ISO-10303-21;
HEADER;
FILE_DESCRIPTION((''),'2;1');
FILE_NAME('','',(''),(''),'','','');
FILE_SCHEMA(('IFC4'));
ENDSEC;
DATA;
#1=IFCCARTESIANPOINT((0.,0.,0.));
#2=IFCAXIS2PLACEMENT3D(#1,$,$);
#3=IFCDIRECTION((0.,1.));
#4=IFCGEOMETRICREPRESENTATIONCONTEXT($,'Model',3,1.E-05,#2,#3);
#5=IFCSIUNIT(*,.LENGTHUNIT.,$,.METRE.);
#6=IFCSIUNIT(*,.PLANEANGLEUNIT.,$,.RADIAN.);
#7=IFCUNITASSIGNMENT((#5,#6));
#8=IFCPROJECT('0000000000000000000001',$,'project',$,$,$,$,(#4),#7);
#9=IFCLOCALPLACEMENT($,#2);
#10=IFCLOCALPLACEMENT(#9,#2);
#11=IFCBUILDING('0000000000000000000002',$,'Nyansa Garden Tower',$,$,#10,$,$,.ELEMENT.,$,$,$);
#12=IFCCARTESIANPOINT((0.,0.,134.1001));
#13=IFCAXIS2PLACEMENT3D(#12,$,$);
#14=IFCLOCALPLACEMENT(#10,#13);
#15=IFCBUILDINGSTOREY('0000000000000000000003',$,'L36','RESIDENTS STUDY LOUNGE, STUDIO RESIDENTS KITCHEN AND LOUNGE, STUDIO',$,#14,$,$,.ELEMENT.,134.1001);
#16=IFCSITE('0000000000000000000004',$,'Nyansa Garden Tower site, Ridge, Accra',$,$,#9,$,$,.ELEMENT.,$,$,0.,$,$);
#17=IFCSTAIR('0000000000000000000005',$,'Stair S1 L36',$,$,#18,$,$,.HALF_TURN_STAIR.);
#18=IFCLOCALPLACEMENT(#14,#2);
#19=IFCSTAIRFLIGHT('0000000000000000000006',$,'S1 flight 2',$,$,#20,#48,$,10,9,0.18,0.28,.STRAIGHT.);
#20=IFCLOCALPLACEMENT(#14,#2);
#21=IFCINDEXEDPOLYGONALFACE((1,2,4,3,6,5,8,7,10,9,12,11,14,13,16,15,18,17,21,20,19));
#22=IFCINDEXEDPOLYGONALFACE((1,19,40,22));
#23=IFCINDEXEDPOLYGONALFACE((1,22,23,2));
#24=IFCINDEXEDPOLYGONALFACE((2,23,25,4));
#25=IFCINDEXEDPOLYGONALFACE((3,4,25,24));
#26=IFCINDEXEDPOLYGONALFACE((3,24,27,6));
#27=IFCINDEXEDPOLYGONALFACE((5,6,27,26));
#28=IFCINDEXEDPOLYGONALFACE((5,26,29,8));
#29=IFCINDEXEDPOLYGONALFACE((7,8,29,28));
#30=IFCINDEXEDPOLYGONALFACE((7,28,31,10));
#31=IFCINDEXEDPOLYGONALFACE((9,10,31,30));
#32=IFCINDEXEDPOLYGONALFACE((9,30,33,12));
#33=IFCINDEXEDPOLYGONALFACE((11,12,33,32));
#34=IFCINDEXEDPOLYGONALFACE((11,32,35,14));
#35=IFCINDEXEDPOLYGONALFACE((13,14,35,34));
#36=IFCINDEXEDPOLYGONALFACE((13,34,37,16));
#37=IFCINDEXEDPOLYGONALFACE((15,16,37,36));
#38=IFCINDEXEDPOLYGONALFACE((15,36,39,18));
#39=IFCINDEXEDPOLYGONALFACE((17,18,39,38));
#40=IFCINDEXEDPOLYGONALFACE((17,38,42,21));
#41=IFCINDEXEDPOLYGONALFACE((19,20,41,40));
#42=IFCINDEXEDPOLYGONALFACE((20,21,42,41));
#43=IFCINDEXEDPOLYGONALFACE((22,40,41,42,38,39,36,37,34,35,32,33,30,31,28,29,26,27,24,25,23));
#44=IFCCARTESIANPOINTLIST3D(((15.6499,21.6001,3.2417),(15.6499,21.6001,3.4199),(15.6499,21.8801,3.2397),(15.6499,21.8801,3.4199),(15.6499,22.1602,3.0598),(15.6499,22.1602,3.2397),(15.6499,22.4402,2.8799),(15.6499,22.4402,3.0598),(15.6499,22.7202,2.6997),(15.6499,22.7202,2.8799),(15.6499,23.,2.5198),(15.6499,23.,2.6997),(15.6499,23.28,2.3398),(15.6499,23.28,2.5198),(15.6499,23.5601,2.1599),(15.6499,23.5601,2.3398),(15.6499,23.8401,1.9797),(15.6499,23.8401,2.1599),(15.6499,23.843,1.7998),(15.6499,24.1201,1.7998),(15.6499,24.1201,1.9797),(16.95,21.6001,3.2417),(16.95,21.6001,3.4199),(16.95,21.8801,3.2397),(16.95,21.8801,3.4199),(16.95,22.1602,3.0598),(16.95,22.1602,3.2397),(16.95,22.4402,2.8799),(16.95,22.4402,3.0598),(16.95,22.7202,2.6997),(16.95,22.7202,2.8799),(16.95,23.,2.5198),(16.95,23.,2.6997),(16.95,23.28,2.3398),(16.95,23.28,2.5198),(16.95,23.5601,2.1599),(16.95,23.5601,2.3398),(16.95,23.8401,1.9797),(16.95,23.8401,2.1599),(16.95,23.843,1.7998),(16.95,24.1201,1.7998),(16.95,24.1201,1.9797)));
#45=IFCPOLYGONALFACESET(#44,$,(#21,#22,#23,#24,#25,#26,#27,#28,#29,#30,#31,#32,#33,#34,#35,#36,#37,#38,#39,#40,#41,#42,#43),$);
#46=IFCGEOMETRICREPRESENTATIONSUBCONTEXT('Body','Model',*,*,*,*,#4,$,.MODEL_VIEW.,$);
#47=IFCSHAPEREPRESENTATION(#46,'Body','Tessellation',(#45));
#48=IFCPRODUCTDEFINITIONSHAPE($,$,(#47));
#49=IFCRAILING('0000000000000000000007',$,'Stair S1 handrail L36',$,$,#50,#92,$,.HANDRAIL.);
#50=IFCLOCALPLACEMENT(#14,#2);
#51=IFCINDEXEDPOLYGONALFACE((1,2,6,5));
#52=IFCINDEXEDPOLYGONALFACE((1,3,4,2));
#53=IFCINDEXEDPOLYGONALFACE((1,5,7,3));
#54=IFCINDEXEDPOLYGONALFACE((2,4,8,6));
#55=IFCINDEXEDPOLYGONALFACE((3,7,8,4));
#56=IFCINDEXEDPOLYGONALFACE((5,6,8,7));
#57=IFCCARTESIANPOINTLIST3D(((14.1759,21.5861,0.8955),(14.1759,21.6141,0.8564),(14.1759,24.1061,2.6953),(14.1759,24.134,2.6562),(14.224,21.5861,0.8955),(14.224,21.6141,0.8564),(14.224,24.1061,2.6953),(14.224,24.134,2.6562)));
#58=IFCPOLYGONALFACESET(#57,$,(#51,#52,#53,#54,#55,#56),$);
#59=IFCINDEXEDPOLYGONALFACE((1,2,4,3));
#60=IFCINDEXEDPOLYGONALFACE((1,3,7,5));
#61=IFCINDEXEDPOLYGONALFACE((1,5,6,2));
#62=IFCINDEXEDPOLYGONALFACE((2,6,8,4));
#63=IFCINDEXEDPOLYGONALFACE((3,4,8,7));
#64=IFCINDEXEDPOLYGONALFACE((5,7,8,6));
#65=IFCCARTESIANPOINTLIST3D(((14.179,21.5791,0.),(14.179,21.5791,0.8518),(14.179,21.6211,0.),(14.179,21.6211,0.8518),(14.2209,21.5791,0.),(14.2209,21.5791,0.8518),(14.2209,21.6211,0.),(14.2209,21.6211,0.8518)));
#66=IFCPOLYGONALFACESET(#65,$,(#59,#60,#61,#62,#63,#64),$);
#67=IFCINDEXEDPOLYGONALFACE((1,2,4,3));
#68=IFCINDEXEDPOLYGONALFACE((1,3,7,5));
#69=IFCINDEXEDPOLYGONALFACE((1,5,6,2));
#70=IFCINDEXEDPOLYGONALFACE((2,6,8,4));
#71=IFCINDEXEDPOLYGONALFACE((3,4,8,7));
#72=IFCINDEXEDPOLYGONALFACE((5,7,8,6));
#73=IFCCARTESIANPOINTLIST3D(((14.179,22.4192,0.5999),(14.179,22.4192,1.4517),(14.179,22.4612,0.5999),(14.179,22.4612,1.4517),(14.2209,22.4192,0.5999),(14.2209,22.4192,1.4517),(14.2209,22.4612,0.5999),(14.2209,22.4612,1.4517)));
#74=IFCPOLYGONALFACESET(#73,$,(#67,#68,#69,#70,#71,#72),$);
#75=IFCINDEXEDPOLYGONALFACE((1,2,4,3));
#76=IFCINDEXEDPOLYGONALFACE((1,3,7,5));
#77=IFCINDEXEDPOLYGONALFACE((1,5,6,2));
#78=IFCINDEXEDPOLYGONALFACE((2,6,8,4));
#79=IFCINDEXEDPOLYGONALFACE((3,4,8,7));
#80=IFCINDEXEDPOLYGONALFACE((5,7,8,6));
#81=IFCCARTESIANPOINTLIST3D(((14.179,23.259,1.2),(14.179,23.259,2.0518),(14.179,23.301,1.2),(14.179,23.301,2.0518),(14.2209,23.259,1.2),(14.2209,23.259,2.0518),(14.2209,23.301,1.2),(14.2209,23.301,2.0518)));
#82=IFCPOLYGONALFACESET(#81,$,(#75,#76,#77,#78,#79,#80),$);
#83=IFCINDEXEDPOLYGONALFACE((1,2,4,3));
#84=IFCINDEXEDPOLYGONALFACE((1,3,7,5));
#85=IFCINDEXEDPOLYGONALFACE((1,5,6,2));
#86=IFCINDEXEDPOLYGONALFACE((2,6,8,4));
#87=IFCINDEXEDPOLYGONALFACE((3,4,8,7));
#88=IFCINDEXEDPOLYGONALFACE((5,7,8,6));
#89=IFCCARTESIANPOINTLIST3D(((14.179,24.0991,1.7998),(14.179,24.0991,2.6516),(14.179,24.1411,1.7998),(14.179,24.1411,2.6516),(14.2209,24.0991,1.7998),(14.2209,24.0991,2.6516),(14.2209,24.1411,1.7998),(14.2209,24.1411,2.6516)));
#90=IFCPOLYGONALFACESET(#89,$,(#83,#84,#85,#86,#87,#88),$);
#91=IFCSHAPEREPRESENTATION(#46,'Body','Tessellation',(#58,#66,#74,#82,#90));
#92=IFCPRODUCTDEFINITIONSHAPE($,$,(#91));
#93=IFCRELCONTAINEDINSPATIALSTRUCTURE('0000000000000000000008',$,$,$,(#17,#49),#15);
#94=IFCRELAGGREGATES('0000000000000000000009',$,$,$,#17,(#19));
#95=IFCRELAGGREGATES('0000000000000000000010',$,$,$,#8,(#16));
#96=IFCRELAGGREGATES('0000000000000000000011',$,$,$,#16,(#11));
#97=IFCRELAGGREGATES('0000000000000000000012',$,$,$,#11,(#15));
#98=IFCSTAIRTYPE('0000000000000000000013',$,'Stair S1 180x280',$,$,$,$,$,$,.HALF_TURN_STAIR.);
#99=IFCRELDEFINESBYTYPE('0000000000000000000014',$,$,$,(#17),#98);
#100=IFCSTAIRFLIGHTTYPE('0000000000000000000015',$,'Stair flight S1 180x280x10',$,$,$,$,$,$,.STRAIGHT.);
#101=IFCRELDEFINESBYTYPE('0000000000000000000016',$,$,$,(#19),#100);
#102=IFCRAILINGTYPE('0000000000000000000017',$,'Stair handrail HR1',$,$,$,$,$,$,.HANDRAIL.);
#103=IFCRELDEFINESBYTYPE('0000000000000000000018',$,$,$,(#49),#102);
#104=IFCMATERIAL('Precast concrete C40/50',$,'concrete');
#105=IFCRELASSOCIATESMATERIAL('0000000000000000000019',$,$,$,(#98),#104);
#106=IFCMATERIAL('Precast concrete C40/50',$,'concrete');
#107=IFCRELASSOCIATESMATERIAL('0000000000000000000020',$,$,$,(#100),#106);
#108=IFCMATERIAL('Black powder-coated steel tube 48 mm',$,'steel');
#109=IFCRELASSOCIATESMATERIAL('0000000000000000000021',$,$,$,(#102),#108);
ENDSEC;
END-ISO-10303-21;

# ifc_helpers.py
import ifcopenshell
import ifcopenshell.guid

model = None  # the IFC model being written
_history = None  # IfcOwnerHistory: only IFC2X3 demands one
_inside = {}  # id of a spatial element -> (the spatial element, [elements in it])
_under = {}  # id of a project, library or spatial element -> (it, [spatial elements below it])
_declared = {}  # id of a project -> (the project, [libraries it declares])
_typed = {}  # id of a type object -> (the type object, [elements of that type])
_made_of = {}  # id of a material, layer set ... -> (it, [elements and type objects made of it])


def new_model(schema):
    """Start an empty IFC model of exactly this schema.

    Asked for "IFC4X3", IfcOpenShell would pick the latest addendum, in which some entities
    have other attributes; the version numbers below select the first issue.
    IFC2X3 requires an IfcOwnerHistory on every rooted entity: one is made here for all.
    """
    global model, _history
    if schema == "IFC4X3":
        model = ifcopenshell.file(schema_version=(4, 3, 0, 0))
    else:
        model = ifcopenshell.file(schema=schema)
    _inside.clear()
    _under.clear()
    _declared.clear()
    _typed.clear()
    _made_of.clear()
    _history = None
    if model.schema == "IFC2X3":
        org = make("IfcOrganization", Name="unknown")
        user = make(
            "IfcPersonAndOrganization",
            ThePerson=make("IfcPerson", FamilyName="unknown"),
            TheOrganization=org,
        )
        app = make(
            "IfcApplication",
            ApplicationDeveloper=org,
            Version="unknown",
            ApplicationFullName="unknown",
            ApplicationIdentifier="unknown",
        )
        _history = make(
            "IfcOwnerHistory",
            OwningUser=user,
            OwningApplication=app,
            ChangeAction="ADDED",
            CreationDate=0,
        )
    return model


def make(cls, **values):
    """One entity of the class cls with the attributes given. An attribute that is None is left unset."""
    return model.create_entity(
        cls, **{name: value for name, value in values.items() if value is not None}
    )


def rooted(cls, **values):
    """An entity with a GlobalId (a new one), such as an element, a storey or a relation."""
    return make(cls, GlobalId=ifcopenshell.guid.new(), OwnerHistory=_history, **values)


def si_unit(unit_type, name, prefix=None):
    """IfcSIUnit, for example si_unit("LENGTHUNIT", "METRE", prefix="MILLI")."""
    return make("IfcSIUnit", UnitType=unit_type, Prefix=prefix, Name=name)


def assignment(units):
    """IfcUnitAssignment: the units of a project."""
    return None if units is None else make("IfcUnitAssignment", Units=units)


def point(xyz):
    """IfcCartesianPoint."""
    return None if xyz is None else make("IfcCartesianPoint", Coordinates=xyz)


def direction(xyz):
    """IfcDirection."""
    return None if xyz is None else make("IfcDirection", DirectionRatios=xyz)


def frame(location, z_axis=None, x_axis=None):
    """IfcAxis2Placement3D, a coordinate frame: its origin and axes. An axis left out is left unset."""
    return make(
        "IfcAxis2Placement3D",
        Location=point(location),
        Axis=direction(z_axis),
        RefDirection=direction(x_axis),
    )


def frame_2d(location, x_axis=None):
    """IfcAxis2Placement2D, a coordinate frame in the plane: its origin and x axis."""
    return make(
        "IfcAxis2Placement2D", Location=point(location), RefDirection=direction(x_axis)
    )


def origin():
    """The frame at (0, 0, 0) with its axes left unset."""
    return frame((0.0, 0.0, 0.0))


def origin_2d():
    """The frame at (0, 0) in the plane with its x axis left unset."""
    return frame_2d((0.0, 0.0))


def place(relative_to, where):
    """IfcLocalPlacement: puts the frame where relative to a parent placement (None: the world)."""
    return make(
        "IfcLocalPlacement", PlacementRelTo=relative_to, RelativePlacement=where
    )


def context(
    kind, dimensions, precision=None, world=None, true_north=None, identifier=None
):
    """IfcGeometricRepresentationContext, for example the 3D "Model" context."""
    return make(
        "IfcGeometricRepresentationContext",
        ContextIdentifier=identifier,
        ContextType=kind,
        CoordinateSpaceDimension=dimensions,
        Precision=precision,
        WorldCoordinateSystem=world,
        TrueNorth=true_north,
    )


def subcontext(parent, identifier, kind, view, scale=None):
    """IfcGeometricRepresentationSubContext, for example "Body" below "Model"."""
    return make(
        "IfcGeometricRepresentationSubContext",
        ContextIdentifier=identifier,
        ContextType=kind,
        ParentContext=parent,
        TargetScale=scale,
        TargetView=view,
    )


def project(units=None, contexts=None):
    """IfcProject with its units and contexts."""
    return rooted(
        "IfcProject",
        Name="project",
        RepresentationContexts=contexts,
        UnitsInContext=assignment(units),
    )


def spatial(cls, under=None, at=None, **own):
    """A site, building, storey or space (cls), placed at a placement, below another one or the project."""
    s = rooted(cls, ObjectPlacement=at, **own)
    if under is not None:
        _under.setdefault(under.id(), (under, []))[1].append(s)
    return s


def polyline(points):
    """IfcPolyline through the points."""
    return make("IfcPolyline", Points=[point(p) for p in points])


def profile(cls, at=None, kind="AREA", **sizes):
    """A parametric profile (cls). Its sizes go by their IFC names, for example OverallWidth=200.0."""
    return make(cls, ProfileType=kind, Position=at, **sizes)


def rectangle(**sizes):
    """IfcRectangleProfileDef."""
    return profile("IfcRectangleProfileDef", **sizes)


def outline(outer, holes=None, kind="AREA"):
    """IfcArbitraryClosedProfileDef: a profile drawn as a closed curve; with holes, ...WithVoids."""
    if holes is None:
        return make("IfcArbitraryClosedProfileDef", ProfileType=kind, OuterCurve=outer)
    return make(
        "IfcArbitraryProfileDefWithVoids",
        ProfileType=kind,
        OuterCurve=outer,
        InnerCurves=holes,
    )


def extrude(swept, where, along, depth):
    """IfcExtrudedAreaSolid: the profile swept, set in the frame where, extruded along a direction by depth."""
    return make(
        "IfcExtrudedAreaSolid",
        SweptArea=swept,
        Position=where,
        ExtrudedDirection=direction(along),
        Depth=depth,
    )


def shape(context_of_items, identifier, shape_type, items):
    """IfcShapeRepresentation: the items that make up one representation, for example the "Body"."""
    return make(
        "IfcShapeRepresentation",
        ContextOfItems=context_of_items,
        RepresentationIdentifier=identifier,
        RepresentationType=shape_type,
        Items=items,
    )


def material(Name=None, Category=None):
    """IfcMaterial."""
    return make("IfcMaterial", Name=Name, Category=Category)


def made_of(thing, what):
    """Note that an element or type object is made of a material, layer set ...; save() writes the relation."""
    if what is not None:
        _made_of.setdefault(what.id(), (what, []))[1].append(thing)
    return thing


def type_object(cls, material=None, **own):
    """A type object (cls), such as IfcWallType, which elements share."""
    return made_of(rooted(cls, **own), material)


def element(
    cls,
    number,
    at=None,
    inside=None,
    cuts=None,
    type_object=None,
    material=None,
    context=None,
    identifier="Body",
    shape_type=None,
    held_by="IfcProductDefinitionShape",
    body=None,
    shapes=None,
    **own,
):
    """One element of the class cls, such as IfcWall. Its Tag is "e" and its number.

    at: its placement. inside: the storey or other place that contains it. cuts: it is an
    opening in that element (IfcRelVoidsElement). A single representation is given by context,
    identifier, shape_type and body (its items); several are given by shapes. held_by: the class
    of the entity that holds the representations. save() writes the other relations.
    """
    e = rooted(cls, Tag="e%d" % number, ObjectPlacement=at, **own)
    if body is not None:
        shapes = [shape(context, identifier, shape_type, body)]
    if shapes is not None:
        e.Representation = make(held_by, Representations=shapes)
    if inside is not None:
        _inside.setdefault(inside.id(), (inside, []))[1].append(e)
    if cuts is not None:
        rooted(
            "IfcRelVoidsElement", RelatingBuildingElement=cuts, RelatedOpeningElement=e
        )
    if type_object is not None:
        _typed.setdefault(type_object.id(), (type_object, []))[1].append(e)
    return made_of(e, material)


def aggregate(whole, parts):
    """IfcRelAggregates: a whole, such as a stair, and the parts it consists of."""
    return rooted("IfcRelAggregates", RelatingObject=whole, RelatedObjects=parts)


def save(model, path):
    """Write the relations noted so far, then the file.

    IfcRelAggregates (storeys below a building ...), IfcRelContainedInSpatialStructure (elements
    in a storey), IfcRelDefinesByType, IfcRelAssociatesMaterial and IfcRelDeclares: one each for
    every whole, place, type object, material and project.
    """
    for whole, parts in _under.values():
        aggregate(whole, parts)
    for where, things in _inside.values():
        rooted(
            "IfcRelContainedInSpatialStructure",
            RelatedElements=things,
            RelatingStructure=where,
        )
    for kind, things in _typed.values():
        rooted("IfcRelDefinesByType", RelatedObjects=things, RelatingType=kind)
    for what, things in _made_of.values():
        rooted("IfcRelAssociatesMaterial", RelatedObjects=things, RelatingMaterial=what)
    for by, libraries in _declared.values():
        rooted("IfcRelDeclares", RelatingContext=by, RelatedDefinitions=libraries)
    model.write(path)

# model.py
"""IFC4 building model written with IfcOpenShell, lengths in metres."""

from ifc_helpers import new_model, si_unit, direction, frame, origin, origin_2d, place, context, subcontext, project, spatial, polyline, rectangle, outline, extrude, material, type_object, element, aggregate, save


model = new_model("IFC4")

# Units and contexts
model_context = context("Model", 3, precision=1e-05, world=origin(), true_north=direction((0.0, 1.0)))
body_context = subcontext(model_context, "Body", "Model", "MODEL_VIEW")
ifc_project = project(units=[si_unit("LENGTHUNIT", "METRE"), si_unit("PLANEANGLEUNIT", "RADIAN")], contexts=[model_context])

# Site, building, storey
site_placement = place(None, origin())
site = spatial("IfcSite", under=ifc_project, at=site_placement, Name="Nyansa Garden Tower site, Ridge, Accra", CompositionType="ELEMENT", RefElevation=0.0)
building_placement = place(site_placement, origin())
building = spatial("IfcBuilding", under=site, at=building_placement, Name="Nyansa Garden Tower", CompositionType="ELEMENT")
storey_placement = place(building_placement, frame((0.0, 0.0, 134.1001)))
storey = spatial("IfcBuildingStorey", under=building, at=storey_placement, Name="L36", Description="RESIDENTS STUDY LOUNGE, STUDIO RESIDENTS KITCHEN AND LOUNGE, STUDIO", CompositionType="ELEMENT", Elevation=134.1001)

# Stair, stair flight
ifc_material_1 = material(Name="Precast concrete C40/50", Category="concrete")
stair_type = type_object("IfcStairType", Name="Stair S1 180x280", PredefinedType="HALF_TURN_STAIR", material=ifc_material_1)
stair_placement = place(storey_placement, origin())
stair = element("IfcStair", 1, at=stair_placement, inside=storey, type_object=stair_type, Name="Stair S1 L36", PredefinedType="HALF_TURN_STAIR")
ifc_material_2 = material(Name="Precast concrete C40/50", Category="concrete")
stair_flight_type = type_object("IfcStairFlightType", Name="Stair flight S1 180x280x10", PredefinedType="STRAIGHT", material=ifc_material_2)
stair_flight_1_placement = place(storey_placement, frame((16.3, 24.1201, 1.7998), z_axis=(0.0, 0.0, 1.0), x_axis=(0.0, -1.0, 0.0)))
stair_flight_1 = element("IfcStairFlight", 2, at=stair_flight_1_placement, type_object=stair_flight_type, Name="S1 flight 2", NumberOfRisers=10, NumberOfTreads=9, PredefinedType="STRAIGHT", RiserHeight=0.18, TreadLength=0.28, context=body_context, shape_type="SweptSolid", body=[
    extrude(outline(polyline([(0.0, 0.0), (0.0, 0.1799), (0.28, 0.1799), (0.28, 0.3601), (0.5601, 0.3601), (0.5601, 0.54), (0.8401, 0.54), (0.8401, 0.72), (1.1201, 0.72), (1.1201, 0.8999), (1.3999, 0.8999), (1.3999, 1.0801), (1.6799, 1.0801), (1.6799, 1.26), (1.96, 1.26), (1.96, 1.4399), (2.24, 1.4399), (2.24, 1.6201), (2.52, 1.6201), (2.52, 1.8), (2.52, 1.4419), (0.2771, 0.0), (0.0, 0.0)])), frame((0.0, 0.6499, 0.0), z_axis=(0.0, -1.0, 0.0), x_axis=(1.0, 0.0, 0.0)), (0.0, 0.0, 1.0), 1.3),
])
aggregate(stair, [stair_flight_1])

# Railing
ifc_material_3 = material(Name="Black powder-coated steel tube 48 mm", Category="steel")
railing_type = type_object("IfcRailingType", Name="Stair handrail HR1", PredefinedType="HANDRAIL", material=ifc_material_3)
railing_placement = place(storey_placement, frame((14.2, 21.6001, 0.0)))
element("IfcRailing", 3, at=railing_placement, inside=storey, type_object=railing_type, Name="Stair S1 handrail L36", PredefinedType="HANDRAIL", context=body_context, shape_type="SweptSolid", body=[
    extrude(rectangle(XDim=0.0481, YDim=0.0481, at=origin_2d()), frame((0.0, 0.0, 0.876), z_axis=(0.0, 0.813765, 0.581193), x_axis=(-1.0, 0.0, 0.0)), (0.0, 0.0, 1.0), 3.0967),
    extrude(rectangle(XDim=0.042, YDim=0.042, at=origin_2d()), origin(), (0.0, 0.0, 1.0), 0.8518),
    extrude(rectangle(XDim=0.042, YDim=0.042, at=origin_2d()), frame((0.0, 0.8401, 0.5999)), (0.0, 0.0, 1.0), 0.8518),
    extrude(rectangle(XDim=0.042, YDim=0.042, at=origin_2d()), frame((0.0, 1.6799, 1.2)), (0.0, 0.0, 1.0), 0.8518),
    extrude(rectangle(XDim=0.042, YDim=0.042, at=origin_2d()), frame((0.0, 2.52, 1.7998)), (0.0, 0.0, 1.0), 0.8518),
])

save(model, "model.ifc")
